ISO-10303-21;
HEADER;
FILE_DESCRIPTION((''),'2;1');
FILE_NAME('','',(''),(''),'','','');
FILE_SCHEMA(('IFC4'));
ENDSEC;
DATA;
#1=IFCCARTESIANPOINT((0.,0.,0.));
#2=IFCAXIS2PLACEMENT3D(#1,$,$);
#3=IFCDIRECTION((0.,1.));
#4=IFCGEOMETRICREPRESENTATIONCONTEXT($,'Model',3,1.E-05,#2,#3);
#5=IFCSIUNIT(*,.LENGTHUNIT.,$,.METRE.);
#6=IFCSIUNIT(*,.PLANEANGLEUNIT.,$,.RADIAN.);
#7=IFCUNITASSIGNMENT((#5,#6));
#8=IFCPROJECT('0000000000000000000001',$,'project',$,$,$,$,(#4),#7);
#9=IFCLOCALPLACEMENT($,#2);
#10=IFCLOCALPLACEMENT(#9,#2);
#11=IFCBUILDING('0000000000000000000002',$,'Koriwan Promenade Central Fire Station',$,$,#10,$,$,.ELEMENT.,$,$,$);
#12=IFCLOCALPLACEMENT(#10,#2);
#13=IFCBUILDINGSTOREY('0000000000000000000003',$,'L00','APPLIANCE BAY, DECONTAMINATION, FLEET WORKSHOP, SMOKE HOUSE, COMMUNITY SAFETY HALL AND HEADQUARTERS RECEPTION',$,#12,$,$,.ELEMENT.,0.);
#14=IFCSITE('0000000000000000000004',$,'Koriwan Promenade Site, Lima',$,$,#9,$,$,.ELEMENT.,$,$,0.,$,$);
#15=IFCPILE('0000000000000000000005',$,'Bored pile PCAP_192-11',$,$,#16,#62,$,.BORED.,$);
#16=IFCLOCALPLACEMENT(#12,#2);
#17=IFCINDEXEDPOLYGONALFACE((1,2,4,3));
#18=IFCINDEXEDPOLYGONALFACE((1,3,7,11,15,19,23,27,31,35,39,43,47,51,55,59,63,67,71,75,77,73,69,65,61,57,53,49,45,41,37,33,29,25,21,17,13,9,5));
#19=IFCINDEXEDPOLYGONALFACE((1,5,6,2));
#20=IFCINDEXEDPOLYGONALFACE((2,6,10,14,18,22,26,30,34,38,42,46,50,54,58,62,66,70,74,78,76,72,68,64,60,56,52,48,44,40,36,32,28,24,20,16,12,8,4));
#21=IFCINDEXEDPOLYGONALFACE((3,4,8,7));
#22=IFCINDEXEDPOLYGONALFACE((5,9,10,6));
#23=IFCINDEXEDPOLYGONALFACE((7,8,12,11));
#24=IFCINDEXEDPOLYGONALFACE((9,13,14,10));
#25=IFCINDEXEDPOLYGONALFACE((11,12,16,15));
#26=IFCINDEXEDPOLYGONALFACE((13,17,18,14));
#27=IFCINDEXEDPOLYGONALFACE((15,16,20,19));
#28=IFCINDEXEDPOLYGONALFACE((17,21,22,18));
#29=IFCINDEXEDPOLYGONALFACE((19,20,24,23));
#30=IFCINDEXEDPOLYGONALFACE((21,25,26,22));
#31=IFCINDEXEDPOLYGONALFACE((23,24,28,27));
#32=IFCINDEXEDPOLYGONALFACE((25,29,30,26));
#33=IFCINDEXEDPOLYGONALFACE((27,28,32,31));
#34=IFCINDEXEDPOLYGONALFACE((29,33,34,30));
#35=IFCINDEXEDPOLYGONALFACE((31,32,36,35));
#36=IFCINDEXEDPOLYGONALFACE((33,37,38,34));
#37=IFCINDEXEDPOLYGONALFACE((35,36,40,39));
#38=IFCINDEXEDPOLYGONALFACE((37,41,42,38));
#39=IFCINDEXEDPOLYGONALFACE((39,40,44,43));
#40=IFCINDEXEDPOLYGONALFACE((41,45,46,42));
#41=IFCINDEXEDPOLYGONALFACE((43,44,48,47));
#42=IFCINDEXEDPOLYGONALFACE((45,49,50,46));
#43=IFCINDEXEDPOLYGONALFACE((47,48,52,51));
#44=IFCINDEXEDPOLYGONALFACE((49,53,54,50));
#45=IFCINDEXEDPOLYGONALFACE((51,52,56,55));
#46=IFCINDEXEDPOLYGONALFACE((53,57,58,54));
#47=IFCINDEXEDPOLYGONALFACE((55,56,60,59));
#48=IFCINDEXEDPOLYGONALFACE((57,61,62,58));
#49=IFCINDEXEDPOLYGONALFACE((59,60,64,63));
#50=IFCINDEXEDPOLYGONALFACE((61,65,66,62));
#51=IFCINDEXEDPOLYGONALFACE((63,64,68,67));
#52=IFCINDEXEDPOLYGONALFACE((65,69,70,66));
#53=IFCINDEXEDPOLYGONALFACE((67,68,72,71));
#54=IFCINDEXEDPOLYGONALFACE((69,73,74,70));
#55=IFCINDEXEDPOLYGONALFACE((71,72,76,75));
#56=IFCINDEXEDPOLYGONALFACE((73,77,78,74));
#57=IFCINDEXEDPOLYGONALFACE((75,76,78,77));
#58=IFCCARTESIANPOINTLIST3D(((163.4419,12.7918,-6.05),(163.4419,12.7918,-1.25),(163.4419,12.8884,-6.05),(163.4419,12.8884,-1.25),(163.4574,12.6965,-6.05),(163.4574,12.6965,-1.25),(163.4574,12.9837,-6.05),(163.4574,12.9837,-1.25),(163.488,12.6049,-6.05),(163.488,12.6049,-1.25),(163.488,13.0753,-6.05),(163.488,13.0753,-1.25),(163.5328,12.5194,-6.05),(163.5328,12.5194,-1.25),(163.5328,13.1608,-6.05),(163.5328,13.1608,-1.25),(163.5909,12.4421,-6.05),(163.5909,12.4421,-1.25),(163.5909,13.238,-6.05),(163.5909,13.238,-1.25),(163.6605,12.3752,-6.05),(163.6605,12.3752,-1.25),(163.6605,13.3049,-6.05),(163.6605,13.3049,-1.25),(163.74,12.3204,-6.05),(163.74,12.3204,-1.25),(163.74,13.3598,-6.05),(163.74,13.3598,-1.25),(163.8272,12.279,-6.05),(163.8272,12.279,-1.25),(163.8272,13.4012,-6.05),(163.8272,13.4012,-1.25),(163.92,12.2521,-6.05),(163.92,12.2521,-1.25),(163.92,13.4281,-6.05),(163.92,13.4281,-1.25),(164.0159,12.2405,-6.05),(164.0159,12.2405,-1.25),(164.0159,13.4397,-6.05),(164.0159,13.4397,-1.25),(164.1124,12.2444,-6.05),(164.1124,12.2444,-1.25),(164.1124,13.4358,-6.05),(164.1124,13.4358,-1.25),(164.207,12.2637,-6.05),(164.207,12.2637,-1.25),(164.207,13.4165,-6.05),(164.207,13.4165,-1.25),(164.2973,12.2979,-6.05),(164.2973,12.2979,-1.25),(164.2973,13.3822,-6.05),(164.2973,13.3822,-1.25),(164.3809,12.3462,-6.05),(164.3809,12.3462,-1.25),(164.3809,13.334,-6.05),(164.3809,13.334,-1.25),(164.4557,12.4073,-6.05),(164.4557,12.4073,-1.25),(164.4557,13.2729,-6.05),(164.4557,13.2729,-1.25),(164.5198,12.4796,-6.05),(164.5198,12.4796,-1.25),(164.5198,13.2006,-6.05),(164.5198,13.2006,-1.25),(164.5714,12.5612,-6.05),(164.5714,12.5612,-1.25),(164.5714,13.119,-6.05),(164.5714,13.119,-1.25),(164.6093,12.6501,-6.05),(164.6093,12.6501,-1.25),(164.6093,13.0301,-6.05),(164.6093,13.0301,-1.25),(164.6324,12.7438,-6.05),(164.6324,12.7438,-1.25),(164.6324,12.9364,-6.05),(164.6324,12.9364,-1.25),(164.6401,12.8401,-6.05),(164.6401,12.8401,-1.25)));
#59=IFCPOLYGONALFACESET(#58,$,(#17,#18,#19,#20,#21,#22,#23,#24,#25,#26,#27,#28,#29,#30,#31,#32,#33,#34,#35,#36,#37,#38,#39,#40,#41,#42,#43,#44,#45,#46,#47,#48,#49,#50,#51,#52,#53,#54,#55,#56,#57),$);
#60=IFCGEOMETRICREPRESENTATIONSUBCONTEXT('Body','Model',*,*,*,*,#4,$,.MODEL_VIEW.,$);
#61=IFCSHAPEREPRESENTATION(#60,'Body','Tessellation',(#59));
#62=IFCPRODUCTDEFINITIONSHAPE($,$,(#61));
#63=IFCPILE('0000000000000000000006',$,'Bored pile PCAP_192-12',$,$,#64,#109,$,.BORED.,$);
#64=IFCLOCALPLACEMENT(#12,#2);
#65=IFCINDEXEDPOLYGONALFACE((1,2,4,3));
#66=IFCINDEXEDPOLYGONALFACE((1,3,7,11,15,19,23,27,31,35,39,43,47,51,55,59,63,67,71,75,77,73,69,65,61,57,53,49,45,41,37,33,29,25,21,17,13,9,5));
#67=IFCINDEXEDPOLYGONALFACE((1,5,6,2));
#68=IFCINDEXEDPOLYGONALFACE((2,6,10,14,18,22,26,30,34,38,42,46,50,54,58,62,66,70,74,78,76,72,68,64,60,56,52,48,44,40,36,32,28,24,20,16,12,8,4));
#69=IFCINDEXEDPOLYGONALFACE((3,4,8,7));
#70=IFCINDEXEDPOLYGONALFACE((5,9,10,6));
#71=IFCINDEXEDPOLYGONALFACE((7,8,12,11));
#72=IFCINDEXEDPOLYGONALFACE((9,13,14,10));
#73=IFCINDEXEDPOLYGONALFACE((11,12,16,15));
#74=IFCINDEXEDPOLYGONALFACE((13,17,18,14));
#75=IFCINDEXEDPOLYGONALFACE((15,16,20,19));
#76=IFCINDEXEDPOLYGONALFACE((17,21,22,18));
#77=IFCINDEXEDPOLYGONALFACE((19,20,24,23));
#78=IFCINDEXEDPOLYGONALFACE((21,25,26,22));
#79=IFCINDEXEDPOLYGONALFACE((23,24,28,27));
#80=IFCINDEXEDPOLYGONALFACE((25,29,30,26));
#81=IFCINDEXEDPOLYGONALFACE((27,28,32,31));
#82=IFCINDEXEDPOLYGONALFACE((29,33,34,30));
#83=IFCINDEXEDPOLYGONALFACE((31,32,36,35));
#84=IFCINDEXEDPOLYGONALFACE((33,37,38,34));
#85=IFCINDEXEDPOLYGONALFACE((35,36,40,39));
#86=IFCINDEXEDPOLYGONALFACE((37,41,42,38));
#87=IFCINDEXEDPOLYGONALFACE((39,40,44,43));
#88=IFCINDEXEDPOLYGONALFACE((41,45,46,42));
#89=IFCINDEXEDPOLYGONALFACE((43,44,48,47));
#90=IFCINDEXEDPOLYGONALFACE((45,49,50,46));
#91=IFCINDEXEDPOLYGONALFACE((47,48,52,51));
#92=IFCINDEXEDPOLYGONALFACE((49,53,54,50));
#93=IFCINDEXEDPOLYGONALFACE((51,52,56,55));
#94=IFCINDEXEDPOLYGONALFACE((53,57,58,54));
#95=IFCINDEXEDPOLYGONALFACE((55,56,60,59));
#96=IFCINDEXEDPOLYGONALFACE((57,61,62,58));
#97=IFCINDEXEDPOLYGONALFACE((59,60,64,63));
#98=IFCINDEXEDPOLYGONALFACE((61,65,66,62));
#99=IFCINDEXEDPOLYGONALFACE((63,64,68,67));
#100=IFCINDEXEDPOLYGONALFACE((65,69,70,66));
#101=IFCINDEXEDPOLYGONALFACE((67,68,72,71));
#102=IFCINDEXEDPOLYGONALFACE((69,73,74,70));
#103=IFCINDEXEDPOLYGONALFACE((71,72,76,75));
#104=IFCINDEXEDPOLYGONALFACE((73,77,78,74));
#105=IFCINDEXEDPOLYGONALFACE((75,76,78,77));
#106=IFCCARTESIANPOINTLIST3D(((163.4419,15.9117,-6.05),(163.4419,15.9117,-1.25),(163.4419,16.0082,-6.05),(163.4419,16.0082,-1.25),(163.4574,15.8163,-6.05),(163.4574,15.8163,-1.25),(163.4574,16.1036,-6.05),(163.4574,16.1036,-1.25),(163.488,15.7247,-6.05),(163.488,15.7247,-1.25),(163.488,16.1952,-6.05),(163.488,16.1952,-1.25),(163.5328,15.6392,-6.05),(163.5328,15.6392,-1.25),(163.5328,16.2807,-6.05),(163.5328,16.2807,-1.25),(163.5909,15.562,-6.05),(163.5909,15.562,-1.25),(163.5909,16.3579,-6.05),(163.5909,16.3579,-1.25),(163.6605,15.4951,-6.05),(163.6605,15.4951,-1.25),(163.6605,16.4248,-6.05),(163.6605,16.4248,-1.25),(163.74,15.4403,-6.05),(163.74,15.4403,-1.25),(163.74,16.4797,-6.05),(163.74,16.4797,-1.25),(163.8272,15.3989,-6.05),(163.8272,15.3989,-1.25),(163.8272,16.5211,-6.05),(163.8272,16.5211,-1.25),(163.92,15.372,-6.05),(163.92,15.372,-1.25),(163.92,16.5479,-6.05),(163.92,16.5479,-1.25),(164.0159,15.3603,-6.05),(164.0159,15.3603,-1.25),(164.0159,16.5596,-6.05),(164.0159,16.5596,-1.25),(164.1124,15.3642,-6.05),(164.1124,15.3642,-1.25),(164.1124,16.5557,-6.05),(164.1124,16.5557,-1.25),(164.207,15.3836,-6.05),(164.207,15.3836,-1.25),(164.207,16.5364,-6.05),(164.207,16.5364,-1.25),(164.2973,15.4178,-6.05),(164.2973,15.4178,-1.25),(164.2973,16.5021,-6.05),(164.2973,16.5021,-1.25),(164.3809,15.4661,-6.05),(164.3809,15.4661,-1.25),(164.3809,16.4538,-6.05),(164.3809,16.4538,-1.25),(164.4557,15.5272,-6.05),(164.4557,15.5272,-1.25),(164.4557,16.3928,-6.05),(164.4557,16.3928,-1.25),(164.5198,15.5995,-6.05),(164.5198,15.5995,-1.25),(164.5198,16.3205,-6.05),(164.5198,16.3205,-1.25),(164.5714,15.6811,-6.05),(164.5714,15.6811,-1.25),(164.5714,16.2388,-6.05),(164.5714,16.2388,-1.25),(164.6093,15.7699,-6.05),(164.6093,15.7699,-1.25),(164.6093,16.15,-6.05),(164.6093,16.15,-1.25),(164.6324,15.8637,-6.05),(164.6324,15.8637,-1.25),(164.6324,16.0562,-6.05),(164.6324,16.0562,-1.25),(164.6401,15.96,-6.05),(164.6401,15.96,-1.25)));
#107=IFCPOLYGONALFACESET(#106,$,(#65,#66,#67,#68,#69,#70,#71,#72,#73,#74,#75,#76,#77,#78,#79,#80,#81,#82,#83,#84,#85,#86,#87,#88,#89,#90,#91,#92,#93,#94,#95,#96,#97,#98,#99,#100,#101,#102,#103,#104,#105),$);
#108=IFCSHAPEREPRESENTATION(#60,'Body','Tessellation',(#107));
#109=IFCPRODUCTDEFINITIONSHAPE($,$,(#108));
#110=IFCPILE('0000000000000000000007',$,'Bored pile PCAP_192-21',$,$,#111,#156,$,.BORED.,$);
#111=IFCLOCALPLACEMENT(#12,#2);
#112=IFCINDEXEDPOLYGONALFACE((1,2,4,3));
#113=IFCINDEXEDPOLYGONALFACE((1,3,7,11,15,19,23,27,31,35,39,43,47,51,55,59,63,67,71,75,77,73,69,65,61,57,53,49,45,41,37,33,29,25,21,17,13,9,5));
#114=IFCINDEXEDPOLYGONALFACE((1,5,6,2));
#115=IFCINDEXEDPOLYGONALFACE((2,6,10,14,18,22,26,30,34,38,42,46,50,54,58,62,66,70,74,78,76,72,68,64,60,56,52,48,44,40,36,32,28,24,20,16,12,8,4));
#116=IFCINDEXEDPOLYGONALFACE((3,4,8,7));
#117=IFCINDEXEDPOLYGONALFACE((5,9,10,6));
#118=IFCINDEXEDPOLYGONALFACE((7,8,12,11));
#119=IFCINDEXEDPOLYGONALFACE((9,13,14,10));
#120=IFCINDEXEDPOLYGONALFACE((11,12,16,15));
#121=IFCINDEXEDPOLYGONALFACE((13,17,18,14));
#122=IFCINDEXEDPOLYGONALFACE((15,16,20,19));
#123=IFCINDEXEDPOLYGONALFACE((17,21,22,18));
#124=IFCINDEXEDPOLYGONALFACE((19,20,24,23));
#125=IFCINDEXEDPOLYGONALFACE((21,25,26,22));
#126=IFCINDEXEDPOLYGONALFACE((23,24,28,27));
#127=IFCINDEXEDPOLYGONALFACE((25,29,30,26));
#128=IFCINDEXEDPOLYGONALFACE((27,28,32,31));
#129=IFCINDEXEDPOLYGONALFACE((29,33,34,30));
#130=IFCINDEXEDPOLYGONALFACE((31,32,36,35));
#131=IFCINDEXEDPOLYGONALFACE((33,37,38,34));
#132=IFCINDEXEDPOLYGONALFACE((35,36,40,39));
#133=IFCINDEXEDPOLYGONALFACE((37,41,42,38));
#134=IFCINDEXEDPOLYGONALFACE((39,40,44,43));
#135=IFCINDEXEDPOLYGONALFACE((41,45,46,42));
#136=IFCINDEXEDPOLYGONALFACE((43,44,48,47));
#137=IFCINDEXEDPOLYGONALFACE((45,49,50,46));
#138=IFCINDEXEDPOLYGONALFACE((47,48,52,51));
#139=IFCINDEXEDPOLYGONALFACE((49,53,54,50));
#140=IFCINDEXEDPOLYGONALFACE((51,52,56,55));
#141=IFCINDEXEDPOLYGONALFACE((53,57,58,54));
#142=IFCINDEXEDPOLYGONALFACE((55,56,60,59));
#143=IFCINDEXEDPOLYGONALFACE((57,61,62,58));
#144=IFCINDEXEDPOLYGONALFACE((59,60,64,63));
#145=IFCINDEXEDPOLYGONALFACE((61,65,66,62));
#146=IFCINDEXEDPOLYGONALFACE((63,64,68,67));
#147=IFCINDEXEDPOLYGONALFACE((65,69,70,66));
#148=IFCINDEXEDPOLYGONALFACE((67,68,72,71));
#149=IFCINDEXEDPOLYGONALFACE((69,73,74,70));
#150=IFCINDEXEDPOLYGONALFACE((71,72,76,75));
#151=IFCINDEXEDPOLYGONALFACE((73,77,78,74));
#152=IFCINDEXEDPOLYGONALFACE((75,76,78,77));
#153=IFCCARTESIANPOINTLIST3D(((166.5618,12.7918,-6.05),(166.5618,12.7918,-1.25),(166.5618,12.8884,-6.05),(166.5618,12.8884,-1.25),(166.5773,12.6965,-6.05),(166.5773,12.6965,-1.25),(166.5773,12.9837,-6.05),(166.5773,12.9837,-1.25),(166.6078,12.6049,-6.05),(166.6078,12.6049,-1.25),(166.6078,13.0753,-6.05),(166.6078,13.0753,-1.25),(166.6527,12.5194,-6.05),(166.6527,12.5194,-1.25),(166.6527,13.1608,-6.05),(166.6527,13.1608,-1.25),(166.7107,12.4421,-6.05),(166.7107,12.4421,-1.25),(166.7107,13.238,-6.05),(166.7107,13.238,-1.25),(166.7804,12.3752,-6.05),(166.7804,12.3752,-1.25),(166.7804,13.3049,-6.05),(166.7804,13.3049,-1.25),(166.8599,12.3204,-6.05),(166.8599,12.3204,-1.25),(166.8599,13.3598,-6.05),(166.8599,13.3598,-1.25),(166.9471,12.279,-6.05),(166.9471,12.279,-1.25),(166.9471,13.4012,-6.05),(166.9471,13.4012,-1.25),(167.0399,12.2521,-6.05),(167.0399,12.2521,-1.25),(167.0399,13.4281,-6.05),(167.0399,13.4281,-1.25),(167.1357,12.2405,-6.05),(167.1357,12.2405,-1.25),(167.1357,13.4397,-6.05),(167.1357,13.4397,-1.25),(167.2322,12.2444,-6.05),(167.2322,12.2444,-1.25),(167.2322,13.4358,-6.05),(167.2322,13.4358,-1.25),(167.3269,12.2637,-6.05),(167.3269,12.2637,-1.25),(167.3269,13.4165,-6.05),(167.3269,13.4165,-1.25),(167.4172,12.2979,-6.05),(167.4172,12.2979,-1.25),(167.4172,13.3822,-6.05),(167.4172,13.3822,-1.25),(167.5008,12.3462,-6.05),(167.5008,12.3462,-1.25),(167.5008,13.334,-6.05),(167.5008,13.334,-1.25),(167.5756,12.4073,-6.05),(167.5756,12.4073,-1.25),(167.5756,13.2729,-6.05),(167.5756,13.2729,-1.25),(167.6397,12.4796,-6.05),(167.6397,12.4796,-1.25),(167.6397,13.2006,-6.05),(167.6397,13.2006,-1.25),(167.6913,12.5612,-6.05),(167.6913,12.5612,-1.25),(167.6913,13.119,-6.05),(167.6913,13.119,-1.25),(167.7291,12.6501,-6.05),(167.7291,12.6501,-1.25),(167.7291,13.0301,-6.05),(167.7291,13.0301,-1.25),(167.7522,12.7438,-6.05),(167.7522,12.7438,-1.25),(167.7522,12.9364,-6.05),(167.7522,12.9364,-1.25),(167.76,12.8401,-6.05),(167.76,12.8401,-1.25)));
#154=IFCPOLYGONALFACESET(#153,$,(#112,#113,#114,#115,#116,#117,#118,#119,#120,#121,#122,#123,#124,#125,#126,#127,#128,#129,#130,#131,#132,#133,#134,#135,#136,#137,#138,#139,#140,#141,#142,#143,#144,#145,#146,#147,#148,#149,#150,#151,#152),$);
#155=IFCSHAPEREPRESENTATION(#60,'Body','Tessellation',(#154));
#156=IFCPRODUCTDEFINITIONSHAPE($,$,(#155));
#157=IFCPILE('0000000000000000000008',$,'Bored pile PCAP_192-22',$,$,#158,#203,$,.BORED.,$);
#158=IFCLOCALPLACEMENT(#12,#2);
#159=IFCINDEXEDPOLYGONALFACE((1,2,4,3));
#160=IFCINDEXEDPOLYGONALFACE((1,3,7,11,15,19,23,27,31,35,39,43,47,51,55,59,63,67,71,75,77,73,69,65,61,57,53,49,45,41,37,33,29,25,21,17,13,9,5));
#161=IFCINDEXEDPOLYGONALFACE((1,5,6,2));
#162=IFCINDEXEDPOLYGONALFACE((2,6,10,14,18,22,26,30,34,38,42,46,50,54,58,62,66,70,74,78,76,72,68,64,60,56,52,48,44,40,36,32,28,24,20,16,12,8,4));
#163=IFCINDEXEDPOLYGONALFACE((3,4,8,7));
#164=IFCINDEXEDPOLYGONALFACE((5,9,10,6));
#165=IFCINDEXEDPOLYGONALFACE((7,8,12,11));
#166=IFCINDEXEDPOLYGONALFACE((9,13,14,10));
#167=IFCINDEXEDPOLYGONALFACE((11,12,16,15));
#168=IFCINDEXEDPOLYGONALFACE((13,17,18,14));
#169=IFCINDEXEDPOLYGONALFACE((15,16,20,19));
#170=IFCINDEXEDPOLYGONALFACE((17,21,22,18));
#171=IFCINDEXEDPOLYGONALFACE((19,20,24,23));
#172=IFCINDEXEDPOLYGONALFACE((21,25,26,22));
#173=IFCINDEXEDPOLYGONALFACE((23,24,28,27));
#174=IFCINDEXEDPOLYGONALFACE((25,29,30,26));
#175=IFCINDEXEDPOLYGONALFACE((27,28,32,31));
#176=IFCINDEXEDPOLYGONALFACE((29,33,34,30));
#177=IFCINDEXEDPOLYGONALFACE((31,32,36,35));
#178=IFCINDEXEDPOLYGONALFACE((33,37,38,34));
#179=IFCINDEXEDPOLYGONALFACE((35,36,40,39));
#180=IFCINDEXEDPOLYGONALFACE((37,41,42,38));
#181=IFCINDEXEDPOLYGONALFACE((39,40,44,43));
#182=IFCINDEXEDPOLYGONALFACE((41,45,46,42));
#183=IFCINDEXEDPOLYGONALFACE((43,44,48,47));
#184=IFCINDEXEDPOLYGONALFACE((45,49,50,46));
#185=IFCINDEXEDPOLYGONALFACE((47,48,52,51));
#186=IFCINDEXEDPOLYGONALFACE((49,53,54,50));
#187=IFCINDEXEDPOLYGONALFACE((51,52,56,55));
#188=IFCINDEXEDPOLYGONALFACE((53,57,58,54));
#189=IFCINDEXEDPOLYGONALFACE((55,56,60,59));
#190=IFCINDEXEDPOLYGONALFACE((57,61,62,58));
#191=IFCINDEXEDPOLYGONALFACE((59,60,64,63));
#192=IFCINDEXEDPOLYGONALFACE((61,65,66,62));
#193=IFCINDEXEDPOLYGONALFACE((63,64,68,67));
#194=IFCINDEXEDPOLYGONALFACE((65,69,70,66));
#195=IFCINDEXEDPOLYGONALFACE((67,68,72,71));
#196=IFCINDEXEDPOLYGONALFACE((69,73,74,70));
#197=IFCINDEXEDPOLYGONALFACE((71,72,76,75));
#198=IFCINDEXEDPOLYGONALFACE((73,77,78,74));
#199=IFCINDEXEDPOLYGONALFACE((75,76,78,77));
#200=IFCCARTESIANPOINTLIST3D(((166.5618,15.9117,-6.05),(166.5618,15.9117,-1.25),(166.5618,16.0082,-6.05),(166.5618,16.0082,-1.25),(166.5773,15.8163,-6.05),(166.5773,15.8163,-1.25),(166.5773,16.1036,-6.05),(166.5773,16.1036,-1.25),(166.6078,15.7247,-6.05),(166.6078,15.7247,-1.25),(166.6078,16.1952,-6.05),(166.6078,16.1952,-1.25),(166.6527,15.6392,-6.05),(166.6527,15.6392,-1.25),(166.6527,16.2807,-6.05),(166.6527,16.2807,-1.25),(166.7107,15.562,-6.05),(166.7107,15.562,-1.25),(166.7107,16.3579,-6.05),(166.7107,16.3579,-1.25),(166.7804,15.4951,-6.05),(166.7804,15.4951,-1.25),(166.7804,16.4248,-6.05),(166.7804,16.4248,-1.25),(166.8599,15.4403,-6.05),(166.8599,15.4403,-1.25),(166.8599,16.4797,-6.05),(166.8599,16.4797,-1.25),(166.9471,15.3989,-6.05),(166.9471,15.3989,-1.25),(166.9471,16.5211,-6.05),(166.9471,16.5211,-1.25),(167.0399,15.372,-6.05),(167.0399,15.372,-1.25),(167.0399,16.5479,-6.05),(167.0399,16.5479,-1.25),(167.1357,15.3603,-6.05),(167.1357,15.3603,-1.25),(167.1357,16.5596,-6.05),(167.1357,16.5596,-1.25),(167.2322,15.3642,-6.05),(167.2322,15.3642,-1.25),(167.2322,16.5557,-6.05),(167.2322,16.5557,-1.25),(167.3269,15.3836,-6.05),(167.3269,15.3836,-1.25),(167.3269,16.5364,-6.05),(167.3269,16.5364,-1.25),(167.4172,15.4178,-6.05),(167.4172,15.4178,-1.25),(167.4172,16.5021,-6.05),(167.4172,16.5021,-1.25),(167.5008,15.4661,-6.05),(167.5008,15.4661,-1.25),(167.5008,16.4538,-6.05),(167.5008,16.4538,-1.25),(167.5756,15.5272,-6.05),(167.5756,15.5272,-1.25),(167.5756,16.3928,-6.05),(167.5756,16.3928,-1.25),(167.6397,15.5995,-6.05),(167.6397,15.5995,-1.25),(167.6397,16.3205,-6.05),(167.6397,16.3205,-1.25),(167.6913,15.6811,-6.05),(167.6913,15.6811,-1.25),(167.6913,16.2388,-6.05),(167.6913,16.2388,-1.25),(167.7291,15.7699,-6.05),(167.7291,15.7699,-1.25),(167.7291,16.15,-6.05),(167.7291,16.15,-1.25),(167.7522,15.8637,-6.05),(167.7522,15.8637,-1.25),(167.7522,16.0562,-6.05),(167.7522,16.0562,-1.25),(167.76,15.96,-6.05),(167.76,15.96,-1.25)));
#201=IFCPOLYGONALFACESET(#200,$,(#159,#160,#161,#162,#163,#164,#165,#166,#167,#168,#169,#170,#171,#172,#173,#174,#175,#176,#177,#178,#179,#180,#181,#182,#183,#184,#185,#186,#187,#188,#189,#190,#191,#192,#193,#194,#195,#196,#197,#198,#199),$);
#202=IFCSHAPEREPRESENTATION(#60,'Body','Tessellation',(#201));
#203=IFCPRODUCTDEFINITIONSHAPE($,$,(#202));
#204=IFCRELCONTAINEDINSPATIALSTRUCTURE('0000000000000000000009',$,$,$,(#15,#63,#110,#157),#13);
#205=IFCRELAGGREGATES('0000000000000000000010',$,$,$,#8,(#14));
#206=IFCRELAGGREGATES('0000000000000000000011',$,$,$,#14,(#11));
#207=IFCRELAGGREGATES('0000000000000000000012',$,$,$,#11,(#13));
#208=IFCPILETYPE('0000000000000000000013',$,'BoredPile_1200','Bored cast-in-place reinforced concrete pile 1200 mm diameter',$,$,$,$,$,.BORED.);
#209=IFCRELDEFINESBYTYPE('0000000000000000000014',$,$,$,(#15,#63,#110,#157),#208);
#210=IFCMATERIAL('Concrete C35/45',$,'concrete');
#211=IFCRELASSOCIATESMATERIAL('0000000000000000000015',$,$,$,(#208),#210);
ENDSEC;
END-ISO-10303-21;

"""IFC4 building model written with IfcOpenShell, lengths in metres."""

from ifc_helpers import new_model, si_unit, direction, frame, origin, origin_2d, place, context, subcontext, project, spatial, circle, extrude, material, material_profile, profile_set, type_object, element, save


model = new_model("IFC4")

# Units and contexts
model_context = context("Model", 3, precision=1e-05, world=origin(), true_north=direction((0.0, 1.0)))
body_context = subcontext(model_context, "Body", "Model", "MODEL_VIEW")
ifc_project = project(units=[si_unit("LENGTHUNIT", "METRE"), si_unit("PLANEANGLEUNIT", "RADIAN")], contexts=[model_context])

# Site, building, storey
site_placement = place(None, origin())
site = spatial("IfcSite", under=ifc_project, at=site_placement, Name="Koriwan Promenade Site, Lima", CompositionType="ELEMENT", RefElevation=0.0)
building_placement = place(site_placement, origin())
building = spatial("IfcBuilding", under=site, at=building_placement, Name="Koriwan Promenade Central Fire Station", CompositionType="ELEMENT")
storey_placement = place(building_placement, origin())
storey = spatial("IfcBuildingStorey", under=building, at=storey_placement, Name="L00", Description="APPLIANCE BAY, DECONTAMINATION, FLEET WORKSHOP, SMOKE HOUSE, COMMUNITY SAFETY HALL AND HEADQUARTERS RECEPTION", CompositionType="ELEMENT", Elevation=0.0)

# Piles
ifc_material_1 = material(Name="Concrete C35/45", Category="concrete")
ifc_material_profile_1 = material_profile(ifc_material_1, circle(Radius=0.6001, at=origin_2d()), Name="PILE-D1200")
ifc_profile_set_1 = profile_set([ifc_material_profile_1], Name="Concrete C35/45")
pile_type = type_object("IfcPileType", Name="BoredPile_1200", Description="Bored cast-in-place reinforced concrete pile 1200 mm diameter", PredefinedType="BORED", material=ifc_profile_set_1)
for number, where, z_axis, x_axis, name in (
    (1, (164.04, 12.8401, -1.25), (0.0, 0.0, -1.0), (1.0, 0.0, 0.0), "Bored pile PCAP_192-11"),
    (2, (164.04, 15.96, -1.25), (0.0, 0.0, -1.0), (1.0, 0.0, 0.0), "Bored pile PCAP_192-12"),
    (3, (167.1599, 12.8401, -1.25), (0.0, 0.0, -1.0), (1.0, 0.0, 0.0), "Bored pile PCAP_192-21"),
    (4, (167.1599, 15.96, -1.25), (0.0, 0.0, -1.0), (1.0, 0.0, 0.0), "Bored pile PCAP_192-22"),
):
    element("IfcPile", number, at=place(storey_placement, frame(where, z_axis=z_axis, x_axis=x_axis)), inside=storey, type_object=pile_type, Name=name, PredefinedType="BORED", context=body_context, shape_type="SweptSolid", body=[
        extrude(circle(Radius=0.6001, at=origin_2d()), origin(), (0.0, 0.0, 1.0), 4.8),
    ])

save(model, "model.ifc")
